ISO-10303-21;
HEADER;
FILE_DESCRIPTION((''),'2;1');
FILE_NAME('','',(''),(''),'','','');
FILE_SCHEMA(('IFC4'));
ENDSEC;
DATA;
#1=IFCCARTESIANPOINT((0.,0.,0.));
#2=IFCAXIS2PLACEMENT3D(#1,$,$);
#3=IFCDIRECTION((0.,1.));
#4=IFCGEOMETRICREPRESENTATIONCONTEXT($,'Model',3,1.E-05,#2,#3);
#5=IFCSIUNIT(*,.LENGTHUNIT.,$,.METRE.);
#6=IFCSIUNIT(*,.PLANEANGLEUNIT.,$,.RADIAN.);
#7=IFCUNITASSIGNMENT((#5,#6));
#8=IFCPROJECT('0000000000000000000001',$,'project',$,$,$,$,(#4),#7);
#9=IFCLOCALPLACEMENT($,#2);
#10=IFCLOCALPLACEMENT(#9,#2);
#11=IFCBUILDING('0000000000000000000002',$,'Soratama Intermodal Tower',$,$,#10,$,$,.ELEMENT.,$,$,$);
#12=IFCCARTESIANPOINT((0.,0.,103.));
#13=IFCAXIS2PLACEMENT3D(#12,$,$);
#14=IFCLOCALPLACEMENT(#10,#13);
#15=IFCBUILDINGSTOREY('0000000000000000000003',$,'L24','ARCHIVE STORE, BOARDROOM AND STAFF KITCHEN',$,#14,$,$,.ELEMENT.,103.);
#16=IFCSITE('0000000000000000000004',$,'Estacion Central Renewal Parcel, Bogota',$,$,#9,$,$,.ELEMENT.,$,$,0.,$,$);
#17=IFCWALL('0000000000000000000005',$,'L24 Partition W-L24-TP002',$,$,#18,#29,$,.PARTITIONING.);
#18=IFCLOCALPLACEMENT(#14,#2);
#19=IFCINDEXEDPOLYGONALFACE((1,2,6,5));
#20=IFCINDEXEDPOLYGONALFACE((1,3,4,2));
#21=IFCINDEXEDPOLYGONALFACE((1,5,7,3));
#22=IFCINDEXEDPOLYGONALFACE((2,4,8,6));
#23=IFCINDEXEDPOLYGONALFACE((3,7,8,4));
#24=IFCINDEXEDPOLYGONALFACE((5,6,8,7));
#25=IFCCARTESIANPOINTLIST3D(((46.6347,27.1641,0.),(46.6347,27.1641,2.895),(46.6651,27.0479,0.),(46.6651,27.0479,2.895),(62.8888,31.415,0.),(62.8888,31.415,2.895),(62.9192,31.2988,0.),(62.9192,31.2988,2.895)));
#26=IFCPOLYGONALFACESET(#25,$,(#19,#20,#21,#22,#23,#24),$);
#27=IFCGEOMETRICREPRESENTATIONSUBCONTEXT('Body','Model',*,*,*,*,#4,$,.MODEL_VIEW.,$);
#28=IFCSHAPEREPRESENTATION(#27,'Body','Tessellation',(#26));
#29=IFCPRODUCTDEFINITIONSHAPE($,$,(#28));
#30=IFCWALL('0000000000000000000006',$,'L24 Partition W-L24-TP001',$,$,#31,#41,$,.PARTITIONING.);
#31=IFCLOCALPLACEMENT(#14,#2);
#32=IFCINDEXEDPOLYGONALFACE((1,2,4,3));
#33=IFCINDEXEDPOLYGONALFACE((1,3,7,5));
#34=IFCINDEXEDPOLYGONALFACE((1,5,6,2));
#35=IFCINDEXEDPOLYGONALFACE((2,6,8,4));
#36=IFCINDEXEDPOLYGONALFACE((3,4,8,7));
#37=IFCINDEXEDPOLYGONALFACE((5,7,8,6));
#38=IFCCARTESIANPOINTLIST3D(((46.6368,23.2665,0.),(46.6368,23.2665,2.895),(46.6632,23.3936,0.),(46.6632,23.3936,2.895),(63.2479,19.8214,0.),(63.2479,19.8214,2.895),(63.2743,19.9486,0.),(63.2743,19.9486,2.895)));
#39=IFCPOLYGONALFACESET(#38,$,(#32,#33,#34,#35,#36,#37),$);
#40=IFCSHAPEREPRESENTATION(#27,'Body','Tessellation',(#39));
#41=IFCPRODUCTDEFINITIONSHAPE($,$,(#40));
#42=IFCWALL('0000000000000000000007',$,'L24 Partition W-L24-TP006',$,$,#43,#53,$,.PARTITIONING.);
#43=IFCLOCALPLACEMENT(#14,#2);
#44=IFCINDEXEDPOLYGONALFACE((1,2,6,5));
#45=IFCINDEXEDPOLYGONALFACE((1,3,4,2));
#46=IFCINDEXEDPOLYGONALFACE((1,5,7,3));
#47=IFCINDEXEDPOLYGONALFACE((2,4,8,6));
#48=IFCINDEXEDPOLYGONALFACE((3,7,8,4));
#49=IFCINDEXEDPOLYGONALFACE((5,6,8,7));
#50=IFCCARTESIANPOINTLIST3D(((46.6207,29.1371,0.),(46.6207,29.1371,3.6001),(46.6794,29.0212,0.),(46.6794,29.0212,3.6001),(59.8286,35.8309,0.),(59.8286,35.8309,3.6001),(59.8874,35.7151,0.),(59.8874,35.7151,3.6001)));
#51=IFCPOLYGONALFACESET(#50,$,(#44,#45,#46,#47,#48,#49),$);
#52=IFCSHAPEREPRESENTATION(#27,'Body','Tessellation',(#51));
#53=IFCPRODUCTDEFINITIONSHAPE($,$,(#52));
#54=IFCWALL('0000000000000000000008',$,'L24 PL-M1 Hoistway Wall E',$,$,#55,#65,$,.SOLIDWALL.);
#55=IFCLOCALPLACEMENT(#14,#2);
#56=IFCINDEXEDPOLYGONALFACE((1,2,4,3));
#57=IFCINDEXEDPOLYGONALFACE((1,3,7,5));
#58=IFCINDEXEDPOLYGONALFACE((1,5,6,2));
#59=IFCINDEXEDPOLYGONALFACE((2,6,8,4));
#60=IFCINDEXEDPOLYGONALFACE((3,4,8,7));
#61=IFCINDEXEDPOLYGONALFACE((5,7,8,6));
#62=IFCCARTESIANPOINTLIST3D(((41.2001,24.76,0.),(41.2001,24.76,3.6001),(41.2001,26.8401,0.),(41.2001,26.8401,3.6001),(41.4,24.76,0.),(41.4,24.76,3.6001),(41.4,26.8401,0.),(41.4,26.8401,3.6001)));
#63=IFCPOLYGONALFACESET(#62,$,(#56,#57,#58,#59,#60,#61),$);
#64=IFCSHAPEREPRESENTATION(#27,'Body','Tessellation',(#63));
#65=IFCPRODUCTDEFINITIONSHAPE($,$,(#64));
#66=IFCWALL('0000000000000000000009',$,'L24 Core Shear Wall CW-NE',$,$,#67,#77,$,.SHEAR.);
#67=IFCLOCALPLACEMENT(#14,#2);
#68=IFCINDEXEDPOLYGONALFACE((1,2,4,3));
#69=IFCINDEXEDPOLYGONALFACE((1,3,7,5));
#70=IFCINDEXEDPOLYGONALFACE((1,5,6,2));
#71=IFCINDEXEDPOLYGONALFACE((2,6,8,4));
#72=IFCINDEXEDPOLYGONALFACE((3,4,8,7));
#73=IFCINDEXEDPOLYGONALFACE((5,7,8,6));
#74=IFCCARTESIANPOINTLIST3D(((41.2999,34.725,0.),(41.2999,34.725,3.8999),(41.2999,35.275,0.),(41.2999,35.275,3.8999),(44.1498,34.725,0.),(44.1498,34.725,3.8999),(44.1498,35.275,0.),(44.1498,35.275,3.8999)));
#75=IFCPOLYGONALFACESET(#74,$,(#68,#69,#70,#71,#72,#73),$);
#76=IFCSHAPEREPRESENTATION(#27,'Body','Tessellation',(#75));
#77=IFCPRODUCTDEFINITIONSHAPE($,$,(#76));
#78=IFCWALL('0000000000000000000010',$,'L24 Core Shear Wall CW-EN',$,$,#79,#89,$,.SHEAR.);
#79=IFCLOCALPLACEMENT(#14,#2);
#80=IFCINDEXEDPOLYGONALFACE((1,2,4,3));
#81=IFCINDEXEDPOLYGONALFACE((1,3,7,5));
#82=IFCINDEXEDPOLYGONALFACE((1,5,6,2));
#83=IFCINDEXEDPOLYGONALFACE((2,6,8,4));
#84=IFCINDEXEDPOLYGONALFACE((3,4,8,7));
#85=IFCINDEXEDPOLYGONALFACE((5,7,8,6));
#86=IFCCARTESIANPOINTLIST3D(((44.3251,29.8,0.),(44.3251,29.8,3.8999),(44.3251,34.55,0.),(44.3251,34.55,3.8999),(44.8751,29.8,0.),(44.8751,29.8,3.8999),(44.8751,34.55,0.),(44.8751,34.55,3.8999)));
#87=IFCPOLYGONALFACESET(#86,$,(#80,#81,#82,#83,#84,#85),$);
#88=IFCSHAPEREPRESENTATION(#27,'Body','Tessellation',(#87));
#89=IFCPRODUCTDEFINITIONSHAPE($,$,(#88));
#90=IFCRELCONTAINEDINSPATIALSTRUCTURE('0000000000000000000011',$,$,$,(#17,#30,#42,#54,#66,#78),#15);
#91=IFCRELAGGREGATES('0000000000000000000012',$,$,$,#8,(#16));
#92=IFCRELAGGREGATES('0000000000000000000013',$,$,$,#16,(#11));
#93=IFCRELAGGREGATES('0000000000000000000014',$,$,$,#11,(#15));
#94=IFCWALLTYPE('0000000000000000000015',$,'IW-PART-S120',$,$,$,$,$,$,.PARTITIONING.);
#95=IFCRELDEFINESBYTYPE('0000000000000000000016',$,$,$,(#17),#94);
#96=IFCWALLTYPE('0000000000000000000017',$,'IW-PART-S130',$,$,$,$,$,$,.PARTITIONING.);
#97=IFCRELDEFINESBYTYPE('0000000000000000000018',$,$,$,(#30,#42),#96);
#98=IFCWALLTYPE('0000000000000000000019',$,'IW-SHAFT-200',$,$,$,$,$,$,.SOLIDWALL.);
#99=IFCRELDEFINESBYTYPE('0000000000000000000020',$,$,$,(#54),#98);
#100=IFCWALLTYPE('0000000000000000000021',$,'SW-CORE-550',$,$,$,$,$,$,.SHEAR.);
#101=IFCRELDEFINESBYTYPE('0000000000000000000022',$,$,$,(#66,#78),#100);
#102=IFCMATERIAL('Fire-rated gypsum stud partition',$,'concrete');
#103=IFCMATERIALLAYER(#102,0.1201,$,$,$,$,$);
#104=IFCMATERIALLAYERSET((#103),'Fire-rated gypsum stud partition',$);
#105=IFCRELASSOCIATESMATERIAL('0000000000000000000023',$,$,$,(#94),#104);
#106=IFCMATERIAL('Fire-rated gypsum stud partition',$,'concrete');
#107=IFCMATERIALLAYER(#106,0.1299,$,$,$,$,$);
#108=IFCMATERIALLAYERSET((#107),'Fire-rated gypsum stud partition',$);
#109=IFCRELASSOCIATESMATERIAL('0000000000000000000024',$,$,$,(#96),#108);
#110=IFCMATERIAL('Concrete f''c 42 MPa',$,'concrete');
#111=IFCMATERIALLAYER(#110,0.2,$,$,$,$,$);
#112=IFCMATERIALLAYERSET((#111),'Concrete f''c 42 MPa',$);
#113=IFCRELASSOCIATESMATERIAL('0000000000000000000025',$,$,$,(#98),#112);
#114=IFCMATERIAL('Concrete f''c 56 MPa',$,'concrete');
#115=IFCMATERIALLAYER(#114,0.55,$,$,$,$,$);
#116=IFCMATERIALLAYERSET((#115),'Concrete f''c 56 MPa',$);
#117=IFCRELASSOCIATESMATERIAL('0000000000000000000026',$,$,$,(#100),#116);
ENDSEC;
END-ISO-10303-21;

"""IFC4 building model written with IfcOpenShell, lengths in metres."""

from ifc_helpers import new_model, si_unit, direction, frame, frame_2d, origin, place, context, subcontext, project, spatial, rectangle, extrude, material, layer, layer_set, type_object, element, save


model = new_model("IFC4")

# Units and contexts
model_context = context("Model", 3, precision=1e-05, world=origin(), true_north=direction((0.0, 1.0)))
body_context = subcontext(model_context, "Body", "Model", "MODEL_VIEW")
ifc_project = project(units=[si_unit("LENGTHUNIT", "METRE"), si_unit("PLANEANGLEUNIT", "RADIAN")], contexts=[model_context])

# Site, building, storey
site_placement = place(None, origin())
site = spatial("IfcSite", under=ifc_project, at=site_placement, Name="Estacion Central Renewal Parcel, Bogota", CompositionType="ELEMENT", RefElevation=0.0)
building_placement = place(site_placement, origin())
building = spatial("IfcBuilding", under=site, at=building_placement, Name="Soratama Intermodal Tower", CompositionType="ELEMENT")
storey_placement = place(building_placement, frame((0.0, 0.0, 103.0)))
storey = spatial("IfcBuildingStorey", under=building, at=storey_placement, Name="L24", Description="ARCHIVE STORE, BOARDROOM AND STAFF KITCHEN", CompositionType="ELEMENT", Elevation=103.0)

# Walls
ifc_material_1 = material(Name="Fire-rated gypsum stud partition", Category="concrete")
ifc_layer_1 = layer(ifc_material_1, 0.1201)
ifc_layer_set_1 = layer_set([ifc_layer_1], Name="Fire-rated gypsum stud partition")
wall_type_1 = type_object("IfcWallType", Name="IW-PART-S120", PredefinedType="PARTITIONING", material=ifc_layer_set_1)
wall_1_placement = place(storey_placement, frame((46.6499, 27.106, 0.0), z_axis=(0.0, 0.0, 1.0), x_axis=(0.967461, 0.253022, 0.0)))
element("IfcWall", 1, at=wall_1_placement, inside=storey, type_object=wall_type_1, Name="L24 Partition W-L24-TP002", PredefinedType="PARTITIONING", context=body_context, shape_type="SweptSolid", body=[
    extrude(rectangle(XDim=16.8008, YDim=0.1201, at=frame_2d((8.4004, 0.0))), origin(), (0.0, 0.0, 1.0), 2.895),
])
ifc_material_2 = material(Name="Fire-rated gypsum stud partition", Category="concrete")
ifc_layer_2 = layer(ifc_material_2, 0.1299)
ifc_layer_set_2 = layer_set([ifc_layer_2], Name="Fire-rated gypsum stud partition")
wall_type_2 = type_object("IfcWallType", Name="IW-PART-S130", PredefinedType="PARTITIONING", material=ifc_layer_set_2)
wall_2_placement = place(storey_placement, frame((46.6499, 23.3301, 0.0), z_axis=(0.0, 0.0, 1.0), x_axis=(0.979163, -0.203074, 0.0)))
element("IfcWall", 2, at=wall_2_placement, inside=storey, type_object=wall_type_2, Name="L24 Partition W-L24-TP001", PredefinedType="PARTITIONING", context=body_context, shape_type="SweptSolid", body=[
    extrude(rectangle(XDim=16.9646, YDim=0.1299, at=frame_2d((8.4824, 0.0))), origin(), (0.0, 0.0, 1.0), 2.895),
])
wall_3_placement = place(storey_placement, frame((46.6499, 29.0791, 0.0), z_axis=(0.0, 0.0, 1.0), x_axis=(0.891987, 0.452061, 0.0)))
element("IfcWall", 3, at=wall_3_placement, inside=storey, type_object=wall_type_2, Name="L24 Partition W-L24-TP006", PredefinedType="PARTITIONING", context=body_context, shape_type="SweptSolid", body=[
    extrude(rectangle(XDim=14.8074, YDim=0.1299, at=frame_2d((7.4038, 0.0))), origin(), (0.0, 0.0, 1.0), 3.6001),
])
ifc_material_3 = material(Name="Concrete f'c 42 MPa", Category="concrete")
ifc_layer_3 = layer(ifc_material_3, 0.2)
ifc_layer_set_3 = layer_set([ifc_layer_3], Name="Concrete f'c 42 MPa")
wall_type_3 = type_object("IfcWallType", Name="IW-SHAFT-200", PredefinedType="SOLIDWALL", material=ifc_layer_set_3)
wall_4_placement = place(storey_placement, frame((41.3, 24.76, 0.0), z_axis=(0.0, 0.0, 1.0), x_axis=(0.0, 1.0, 0.0)))
element("IfcWall", 4, at=wall_4_placement, inside=storey, type_object=wall_type_3, Name="L24 PL-M1 Hoistway Wall E", PredefinedType="SOLIDWALL", context=body_context, shape_type="SweptSolid", body=[
    extrude(rectangle(XDim=2.0801, YDim=0.2, at=frame_2d((1.04, 0.0))), origin(), (0.0, 0.0, 1.0), 3.6001),
])
ifc_material_4 = material(Name="Concrete f'c 56 MPa", Category="concrete")
ifc_layer_4 = layer(ifc_material_4, 0.55)
ifc_layer_set_4 = layer_set([ifc_layer_4], Name="Concrete f'c 56 MPa")
wall_type_4 = type_object("IfcWallType", Name="SW-CORE-550", PredefinedType="SHEAR", material=ifc_layer_set_4)
wall_5_placement = place(storey_placement, frame((41.3, 35.0, 0.0), z_axis=(0.0, 0.0, 1.0), x_axis=(1.0, 0.0, 0.0)))
element("IfcWall", 5, at=wall_5_placement, inside=storey, type_object=wall_type_4, Name="L24 Core Shear Wall CW-NE", PredefinedType="SHEAR", context=body_context, shape_type="SweptSolid", body=[
    extrude(rectangle(XDim=2.8499, YDim=0.55, at=frame_2d((1.4248, 0.0))), origin(), (0.0, 0.0, 1.0), 3.8999),
])
wall_6_placement = place(storey_placement, frame((44.6001, 29.8, 0.0), z_axis=(0.0, 0.0, 1.0), x_axis=(0.0, 1.0, 0.0)))
element("IfcWall", 6, at=wall_6_placement, inside=storey, type_object=wall_type_4, Name="L24 Core Shear Wall CW-EN", PredefinedType="SHEAR", context=body_context, shape_type="SweptSolid", body=[
    extrude(rectangle(XDim=4.75, YDim=0.55, at=frame_2d((2.375, 0.0))), origin(), (0.0, 0.0, 1.0), 3.8999),
])

save(model, "model.ifc")
